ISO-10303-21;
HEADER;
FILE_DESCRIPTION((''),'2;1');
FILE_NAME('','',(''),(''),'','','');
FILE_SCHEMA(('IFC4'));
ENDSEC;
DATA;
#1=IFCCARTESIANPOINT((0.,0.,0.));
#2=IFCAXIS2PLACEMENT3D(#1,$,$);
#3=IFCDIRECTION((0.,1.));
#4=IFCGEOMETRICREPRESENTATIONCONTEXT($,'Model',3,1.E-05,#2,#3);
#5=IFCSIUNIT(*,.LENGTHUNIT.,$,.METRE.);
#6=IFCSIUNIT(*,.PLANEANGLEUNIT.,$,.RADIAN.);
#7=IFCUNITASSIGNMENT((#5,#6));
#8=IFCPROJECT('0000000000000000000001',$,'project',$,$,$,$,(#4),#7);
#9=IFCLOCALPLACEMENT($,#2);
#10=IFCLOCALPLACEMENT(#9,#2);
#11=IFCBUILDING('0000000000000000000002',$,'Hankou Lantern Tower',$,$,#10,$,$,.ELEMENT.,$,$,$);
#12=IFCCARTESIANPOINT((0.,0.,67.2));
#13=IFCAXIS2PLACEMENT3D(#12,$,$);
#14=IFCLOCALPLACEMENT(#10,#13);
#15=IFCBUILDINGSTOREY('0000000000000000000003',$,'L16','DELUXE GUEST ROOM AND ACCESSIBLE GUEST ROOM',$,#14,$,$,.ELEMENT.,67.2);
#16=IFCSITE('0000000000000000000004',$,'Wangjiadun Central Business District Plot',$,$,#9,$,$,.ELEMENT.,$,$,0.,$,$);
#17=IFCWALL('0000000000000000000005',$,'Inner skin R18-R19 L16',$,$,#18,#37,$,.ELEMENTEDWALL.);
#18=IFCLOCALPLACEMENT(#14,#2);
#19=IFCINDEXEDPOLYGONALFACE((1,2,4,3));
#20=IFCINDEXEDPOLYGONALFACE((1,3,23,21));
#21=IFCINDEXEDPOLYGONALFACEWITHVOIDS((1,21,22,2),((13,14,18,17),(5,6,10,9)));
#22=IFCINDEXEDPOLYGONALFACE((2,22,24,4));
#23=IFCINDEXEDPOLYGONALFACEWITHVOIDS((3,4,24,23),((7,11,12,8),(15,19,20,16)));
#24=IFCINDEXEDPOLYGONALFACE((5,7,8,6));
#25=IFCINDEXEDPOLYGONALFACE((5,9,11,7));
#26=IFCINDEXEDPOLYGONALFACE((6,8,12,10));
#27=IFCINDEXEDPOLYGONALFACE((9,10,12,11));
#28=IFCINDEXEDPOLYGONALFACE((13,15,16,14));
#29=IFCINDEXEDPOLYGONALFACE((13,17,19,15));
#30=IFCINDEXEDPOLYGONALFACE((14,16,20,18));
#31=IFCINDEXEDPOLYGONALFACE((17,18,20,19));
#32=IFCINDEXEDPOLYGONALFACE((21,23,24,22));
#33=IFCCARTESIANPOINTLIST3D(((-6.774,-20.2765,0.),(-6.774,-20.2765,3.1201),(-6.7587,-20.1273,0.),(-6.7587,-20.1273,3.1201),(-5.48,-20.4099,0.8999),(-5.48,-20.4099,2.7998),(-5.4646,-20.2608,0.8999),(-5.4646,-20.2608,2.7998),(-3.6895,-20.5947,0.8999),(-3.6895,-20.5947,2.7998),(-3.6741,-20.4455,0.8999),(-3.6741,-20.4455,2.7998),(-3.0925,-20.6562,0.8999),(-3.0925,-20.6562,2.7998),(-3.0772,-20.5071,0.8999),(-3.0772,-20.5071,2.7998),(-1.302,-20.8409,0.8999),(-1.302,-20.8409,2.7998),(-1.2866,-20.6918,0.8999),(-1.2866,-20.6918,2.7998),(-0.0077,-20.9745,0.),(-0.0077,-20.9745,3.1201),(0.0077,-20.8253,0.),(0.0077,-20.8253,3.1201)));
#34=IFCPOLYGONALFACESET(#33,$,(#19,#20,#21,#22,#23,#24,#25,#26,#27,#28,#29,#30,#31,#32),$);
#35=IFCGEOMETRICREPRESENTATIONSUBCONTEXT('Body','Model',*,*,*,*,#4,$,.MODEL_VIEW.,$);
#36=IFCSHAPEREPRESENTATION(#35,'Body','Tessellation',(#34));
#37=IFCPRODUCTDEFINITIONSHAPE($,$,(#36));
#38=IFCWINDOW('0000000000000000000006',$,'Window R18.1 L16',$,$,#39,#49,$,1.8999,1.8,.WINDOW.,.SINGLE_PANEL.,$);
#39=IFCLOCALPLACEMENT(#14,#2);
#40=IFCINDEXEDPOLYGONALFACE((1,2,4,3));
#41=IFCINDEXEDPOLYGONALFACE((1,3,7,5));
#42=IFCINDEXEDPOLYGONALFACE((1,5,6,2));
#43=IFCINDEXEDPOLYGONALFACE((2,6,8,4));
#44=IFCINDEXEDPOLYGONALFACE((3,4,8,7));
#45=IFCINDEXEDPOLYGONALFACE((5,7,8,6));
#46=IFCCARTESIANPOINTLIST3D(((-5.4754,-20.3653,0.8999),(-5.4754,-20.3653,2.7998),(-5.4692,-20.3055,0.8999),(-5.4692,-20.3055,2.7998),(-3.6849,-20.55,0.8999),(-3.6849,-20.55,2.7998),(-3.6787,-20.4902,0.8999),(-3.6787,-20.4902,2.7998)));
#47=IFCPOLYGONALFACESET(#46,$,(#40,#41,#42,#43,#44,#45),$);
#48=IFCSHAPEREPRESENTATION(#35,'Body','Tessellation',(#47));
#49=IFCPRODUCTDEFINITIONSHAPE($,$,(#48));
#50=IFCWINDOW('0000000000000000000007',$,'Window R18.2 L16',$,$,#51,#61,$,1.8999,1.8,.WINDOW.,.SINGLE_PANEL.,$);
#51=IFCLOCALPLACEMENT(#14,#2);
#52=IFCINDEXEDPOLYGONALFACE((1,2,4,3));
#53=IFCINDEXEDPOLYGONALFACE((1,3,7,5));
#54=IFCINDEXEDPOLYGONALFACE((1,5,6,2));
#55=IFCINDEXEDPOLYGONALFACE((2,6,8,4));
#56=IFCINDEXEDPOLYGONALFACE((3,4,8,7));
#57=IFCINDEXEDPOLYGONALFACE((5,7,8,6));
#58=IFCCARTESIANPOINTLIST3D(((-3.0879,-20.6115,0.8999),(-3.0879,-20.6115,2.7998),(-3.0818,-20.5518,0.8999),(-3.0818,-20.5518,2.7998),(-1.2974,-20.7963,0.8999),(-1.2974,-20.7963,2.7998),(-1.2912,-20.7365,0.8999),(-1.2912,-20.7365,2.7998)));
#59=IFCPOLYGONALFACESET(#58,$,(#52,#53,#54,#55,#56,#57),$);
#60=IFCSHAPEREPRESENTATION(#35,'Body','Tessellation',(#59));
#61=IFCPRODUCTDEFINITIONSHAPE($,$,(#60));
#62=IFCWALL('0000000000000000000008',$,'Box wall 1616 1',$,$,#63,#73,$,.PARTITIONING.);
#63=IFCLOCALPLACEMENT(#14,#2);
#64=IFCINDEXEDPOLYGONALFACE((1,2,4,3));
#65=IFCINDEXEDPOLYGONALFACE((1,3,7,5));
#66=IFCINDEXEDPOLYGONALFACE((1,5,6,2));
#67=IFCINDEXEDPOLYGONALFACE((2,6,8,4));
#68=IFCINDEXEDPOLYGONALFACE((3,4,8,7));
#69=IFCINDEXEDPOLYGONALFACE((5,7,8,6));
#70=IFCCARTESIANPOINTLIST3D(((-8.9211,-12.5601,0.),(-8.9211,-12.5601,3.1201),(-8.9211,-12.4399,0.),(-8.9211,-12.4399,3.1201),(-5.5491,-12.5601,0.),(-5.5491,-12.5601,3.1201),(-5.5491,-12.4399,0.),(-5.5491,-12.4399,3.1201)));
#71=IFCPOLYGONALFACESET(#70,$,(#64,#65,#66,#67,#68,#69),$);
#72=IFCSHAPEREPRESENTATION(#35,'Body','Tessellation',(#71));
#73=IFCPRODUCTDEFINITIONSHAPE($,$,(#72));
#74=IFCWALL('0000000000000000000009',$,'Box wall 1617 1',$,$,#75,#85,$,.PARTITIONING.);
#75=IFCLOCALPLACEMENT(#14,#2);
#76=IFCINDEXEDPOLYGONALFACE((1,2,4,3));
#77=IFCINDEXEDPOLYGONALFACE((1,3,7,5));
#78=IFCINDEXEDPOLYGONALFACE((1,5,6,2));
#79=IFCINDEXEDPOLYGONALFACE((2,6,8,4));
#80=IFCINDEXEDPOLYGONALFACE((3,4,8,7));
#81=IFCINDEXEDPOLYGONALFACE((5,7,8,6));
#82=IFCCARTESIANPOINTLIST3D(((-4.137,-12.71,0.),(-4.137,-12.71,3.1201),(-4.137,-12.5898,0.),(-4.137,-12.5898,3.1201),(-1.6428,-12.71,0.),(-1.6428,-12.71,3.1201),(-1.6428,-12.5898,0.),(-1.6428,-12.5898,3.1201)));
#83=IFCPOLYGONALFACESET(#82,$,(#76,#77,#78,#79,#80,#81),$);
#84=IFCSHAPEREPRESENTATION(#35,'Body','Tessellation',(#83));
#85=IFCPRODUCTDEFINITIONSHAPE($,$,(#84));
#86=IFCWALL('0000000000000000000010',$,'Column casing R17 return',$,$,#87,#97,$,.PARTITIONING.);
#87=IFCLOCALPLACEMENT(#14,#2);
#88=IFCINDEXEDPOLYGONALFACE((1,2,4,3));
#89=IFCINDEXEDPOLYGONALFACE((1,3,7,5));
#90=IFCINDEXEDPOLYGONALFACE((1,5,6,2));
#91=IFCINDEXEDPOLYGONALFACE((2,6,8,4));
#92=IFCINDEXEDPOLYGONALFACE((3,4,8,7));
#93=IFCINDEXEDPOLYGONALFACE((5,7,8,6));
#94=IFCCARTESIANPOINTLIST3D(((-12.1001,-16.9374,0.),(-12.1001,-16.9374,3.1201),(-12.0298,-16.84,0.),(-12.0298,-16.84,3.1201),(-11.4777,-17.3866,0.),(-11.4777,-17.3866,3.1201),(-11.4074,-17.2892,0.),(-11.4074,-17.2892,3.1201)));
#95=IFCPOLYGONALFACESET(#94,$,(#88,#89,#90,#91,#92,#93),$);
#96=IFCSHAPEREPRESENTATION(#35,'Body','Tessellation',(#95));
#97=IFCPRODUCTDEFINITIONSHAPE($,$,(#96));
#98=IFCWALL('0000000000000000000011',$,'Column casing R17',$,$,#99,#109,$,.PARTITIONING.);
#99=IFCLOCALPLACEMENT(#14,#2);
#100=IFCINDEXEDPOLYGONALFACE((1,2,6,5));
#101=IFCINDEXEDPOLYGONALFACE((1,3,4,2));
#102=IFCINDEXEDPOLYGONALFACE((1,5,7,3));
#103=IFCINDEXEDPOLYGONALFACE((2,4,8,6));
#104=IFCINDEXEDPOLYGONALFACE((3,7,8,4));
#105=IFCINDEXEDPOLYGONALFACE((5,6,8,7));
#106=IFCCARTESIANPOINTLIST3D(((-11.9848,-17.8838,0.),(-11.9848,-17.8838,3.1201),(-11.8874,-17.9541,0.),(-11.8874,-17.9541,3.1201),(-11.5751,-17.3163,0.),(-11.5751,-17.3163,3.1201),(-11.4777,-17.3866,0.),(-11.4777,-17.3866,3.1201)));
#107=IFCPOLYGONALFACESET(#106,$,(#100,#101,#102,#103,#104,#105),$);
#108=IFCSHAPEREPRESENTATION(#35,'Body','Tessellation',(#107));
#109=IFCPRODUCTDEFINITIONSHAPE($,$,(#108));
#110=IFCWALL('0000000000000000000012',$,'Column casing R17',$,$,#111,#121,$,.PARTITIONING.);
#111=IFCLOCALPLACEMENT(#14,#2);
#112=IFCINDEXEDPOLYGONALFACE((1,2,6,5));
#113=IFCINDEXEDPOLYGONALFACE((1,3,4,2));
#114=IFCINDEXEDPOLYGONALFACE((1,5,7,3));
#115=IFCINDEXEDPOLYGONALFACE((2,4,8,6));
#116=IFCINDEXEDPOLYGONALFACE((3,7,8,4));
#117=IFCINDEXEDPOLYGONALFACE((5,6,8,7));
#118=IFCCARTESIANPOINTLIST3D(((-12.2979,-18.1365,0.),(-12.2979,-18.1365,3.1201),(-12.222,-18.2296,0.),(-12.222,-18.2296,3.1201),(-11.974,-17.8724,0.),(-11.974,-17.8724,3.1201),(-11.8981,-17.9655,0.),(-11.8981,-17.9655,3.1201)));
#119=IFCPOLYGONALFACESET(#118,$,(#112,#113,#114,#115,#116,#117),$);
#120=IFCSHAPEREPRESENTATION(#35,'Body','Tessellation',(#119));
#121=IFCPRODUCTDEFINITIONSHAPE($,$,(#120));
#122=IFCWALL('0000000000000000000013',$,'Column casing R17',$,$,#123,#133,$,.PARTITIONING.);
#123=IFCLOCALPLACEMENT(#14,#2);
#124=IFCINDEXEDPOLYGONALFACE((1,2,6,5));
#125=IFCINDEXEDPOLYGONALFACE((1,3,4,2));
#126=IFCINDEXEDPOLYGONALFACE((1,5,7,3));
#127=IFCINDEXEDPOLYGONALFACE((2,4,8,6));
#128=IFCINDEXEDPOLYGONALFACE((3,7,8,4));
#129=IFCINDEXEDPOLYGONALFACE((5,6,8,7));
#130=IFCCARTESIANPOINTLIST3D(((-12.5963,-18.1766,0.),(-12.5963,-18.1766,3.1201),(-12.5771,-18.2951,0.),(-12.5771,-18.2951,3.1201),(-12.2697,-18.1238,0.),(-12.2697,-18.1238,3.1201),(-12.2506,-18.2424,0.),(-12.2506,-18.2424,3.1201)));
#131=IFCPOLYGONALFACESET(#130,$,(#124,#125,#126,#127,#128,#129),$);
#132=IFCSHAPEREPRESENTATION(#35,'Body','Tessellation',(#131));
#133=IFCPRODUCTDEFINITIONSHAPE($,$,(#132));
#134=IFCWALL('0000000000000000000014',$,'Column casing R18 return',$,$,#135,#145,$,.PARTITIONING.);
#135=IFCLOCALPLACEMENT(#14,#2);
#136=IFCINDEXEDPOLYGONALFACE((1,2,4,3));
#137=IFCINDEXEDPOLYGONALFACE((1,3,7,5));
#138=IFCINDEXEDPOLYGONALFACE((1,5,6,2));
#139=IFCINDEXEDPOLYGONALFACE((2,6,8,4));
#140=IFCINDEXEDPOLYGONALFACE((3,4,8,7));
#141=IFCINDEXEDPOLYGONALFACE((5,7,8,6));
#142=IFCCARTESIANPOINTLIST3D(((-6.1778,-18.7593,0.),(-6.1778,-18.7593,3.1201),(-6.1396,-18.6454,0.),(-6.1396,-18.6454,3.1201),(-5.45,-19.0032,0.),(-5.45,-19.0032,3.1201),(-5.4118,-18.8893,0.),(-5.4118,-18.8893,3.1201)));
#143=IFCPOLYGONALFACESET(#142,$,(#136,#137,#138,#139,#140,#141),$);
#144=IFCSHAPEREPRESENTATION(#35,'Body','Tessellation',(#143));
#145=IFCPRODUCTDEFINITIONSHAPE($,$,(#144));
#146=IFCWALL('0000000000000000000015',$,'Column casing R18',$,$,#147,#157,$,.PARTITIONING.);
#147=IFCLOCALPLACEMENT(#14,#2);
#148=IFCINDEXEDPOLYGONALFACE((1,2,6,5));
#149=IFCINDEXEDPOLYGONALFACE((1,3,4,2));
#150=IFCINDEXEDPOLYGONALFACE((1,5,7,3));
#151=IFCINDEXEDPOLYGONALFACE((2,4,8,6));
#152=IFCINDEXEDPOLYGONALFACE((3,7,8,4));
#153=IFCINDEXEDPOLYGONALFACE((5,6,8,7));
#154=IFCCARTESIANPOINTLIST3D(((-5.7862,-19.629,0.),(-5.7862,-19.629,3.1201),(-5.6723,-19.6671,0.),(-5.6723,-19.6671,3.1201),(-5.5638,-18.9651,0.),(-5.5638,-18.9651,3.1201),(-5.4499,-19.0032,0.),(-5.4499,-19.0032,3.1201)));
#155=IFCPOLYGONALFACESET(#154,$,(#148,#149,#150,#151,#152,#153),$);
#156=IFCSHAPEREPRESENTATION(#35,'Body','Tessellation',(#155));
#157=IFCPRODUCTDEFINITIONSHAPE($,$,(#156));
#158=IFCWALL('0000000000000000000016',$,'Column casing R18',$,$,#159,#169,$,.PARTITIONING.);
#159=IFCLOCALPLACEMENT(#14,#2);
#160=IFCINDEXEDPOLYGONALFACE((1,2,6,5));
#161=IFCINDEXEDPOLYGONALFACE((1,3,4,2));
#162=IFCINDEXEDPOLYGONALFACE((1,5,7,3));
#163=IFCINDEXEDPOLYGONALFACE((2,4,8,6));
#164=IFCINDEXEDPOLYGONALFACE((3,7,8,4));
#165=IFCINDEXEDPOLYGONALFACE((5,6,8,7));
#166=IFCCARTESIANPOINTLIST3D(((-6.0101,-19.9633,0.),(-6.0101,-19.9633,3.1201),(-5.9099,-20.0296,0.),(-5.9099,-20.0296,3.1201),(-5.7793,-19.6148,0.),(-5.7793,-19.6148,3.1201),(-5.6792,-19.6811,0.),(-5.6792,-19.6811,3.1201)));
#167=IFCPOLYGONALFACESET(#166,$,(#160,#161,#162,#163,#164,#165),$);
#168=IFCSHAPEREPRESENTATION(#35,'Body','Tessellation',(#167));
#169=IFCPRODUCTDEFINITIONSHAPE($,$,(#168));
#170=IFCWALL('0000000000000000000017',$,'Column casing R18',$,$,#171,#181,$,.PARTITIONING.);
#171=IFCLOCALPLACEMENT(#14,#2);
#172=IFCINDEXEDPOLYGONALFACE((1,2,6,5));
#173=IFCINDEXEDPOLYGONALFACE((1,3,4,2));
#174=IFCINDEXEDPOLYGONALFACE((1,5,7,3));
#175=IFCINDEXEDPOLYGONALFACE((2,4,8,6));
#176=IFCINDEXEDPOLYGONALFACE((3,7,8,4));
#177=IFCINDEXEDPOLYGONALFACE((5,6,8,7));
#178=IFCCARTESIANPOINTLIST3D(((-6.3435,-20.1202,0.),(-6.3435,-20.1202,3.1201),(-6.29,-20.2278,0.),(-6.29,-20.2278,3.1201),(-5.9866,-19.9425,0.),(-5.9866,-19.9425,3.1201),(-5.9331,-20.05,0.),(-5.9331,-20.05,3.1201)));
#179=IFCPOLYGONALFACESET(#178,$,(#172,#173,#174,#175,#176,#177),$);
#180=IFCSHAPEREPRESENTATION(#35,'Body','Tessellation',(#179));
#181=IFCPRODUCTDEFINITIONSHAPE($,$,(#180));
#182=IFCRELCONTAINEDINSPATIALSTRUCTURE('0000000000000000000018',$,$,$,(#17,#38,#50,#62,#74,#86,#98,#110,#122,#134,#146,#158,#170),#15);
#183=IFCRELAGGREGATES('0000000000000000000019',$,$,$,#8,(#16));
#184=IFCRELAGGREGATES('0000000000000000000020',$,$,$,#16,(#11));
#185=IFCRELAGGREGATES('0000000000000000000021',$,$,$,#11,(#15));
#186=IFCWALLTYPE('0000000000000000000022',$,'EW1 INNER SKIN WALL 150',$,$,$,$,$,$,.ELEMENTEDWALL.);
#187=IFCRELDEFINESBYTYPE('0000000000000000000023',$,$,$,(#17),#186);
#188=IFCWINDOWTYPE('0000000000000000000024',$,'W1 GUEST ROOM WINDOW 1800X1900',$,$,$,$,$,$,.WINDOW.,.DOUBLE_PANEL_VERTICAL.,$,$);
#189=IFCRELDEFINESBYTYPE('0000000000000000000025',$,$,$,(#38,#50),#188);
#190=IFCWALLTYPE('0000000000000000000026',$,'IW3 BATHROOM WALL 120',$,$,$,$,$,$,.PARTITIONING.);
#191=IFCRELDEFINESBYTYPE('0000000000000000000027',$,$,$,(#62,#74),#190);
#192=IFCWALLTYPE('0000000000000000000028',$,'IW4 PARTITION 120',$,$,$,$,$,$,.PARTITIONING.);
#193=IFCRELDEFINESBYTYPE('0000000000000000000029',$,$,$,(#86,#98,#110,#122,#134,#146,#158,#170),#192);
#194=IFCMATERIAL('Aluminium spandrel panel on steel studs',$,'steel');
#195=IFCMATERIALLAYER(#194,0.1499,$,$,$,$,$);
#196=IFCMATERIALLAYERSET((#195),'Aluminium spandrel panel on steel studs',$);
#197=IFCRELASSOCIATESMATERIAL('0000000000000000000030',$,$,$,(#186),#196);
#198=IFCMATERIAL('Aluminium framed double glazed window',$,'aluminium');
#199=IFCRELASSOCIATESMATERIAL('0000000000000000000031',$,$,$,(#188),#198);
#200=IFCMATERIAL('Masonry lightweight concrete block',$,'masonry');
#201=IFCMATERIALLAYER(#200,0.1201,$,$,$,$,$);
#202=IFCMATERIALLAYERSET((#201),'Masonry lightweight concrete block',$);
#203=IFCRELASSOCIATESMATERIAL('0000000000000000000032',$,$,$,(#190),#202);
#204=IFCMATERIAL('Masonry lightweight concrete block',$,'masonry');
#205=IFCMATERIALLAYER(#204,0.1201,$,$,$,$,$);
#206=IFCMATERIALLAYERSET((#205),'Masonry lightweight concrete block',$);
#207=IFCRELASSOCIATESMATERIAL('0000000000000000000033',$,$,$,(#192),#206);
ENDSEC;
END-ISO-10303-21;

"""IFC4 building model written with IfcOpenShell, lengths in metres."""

from ifc_helpers import new_model, si_unit, direction, frame, frame_2d, origin, place, context, subcontext, project, spatial, rectangle, extrude, material, layer, layer_set, type_object, element, fill, save


model = new_model("IFC4")

# Units and contexts
model_context = context("Model", 3, precision=1e-05, world=origin(), true_north=direction((0.0, 1.0)))
body_context = subcontext(model_context, "Body", "Model", "MODEL_VIEW")
ifc_project = project(units=[si_unit("LENGTHUNIT", "METRE"), si_unit("PLANEANGLEUNIT", "RADIAN")], contexts=[model_context])

# Site, building, storey
site_placement = place(None, origin())
site = spatial("IfcSite", under=ifc_project, at=site_placement, Name="Wangjiadun Central Business District Plot", CompositionType="ELEMENT", RefElevation=0.0)
building_placement = place(site_placement, origin())
building = spatial("IfcBuilding", under=site, at=building_placement, Name="Hankou Lantern Tower", CompositionType="ELEMENT")
storey_placement = place(building_placement, frame((0.0, 0.0, 67.2)))
storey = spatial("IfcBuildingStorey", under=building, at=storey_placement, Name="L16", Description="DELUXE GUEST ROOM AND ACCESSIBLE GUEST ROOM", CompositionType="ELEMENT", Elevation=67.2)

# Wall, openings, windows
ifc_material_1 = material(Name="Aluminium spandrel panel on steel studs", Category="steel")
ifc_layer_1 = layer(ifc_material_1, 0.1499)
ifc_layer_set_1 = layer_set([ifc_layer_1], Name="Aluminium spandrel panel on steel studs")
wall_type_1 = type_object("IfcWallType", Name="EW1 INNER SKIN WALL 150", PredefinedType="ELEMENTEDWALL", material=ifc_layer_set_1)
wall_1_placement = place(storey_placement, frame((-6.7664, -20.2019, 0.0), z_axis=(0.0, 0.0, 1.0), x_axis=(0.994721, -0.102613, 0.0)))
wall_1 = element("IfcWall", 1, at=wall_1_placement, inside=storey, type_object=wall_type_1, Name="Inner skin R18-R19 L16", PredefinedType="ELEMENTEDWALL", context=body_context, shape_type="SweptSolid", body=[
    extrude(rectangle(XDim=6.8022, YDim=0.1499, at=frame_2d((3.4011, 0.0))), origin(), (0.0, 0.0, 1.0), 3.1201),
])
opening_1_placement = place(wall_1_placement, frame((1.301, 0.0, 0.8999)))
opening_1 = element("IfcOpeningElement", 2, at=opening_1_placement, cuts=wall_1, PredefinedType="OPENING", context=body_context, shape_type="SweptSolid", body=[
    extrude(rectangle(XDim=1.8, YDim=1.8999, at=frame_2d((0.8999, 0.95))), frame((0.0, 0.085, 0.0), z_axis=(0.0, -1.0, 0.0), x_axis=(1.0, 0.0, 0.0)), (0.0, 0.0, 1.0), 0.1699),
])
opening_2_placement = place(wall_1_placement, frame((3.7012, 0.0, 0.8999)))
opening_2 = element("IfcOpeningElement", 3, at=opening_2_placement, cuts=wall_1, PredefinedType="OPENING", context=body_context, shape_type="SweptSolid", body=[
    extrude(rectangle(XDim=1.8, YDim=1.8999, at=frame_2d((0.8999, 0.95))), frame((0.0, 0.085, 0.0), z_axis=(0.0, -1.0, 0.0), x_axis=(1.0, 0.0, 0.0)), (0.0, 0.0, 1.0), 0.1699),
])
ifc_material_2 = material(Name="Aluminium framed double glazed window", Category="aluminium")
window_type = type_object("IfcWindowType", Name="W1 GUEST ROOM WINDOW 1800X1900", PartitioningType="DOUBLE_PANEL_VERTICAL", PredefinedType="WINDOW", material=ifc_material_2)
window_1_placement = place(opening_1_placement, origin())
window_1 = element("IfcWindow", 4, at=window_1_placement, inside=storey, type_object=window_type, Name="Window R18.1 L16", OverallHeight=1.8999, OverallWidth=1.8, PartitioningType="SINGLE_PANEL", PredefinedType="WINDOW", context=body_context, shape_type="SweptSolid", body=[
    extrude(rectangle(XDim=1.8, YDim=1.8999, at=frame_2d((0.8999, 0.95))), frame((0.0, 0.03, 0.0), z_axis=(0.0, -1.0, 0.0), x_axis=(1.0, 0.0, 0.0)), (0.0, 0.0, 1.0), 0.0601),
])
fill(opening_1, window_1)
window_2_placement = place(opening_2_placement, origin())
window_2 = element("IfcWindow", 5, at=window_2_placement, inside=storey, type_object=window_type, Name="Window R18.2 L16", OverallHeight=1.8999, OverallWidth=1.8, PartitioningType="SINGLE_PANEL", PredefinedType="WINDOW", context=body_context, shape_type="SweptSolid", body=[
    extrude(rectangle(XDim=1.8, YDim=1.8999, at=frame_2d((0.8999, 0.95))), frame((0.0, 0.03, 0.0), z_axis=(0.0, -1.0, 0.0), x_axis=(1.0, 0.0, 0.0)), (0.0, 0.0, 1.0), 0.0601),
])
fill(opening_2, window_2)

# Walls
ifc_material_3 = material(Name="Masonry lightweight concrete block", Category="masonry")
ifc_layer_2 = layer(ifc_material_3, 0.1201)
ifc_layer_set_2 = layer_set([ifc_layer_2], Name="Masonry lightweight concrete block")
wall_type_2 = type_object("IfcWallType", Name="IW3 BATHROOM WALL 120", PredefinedType="PARTITIONING", material=ifc_layer_set_2)
wall_2_placement = place(storey_placement, frame((-8.9211, -12.5, 0.0), z_axis=(0.0, 0.0, 1.0), x_axis=(1.0, 0.0, 0.0)))
element("IfcWall", 6, at=wall_2_placement, inside=storey, type_object=wall_type_2, Name="Box wall 1616 1", PredefinedType="PARTITIONING", context=body_context, shape_type="SweptSolid", body=[
    extrude(rectangle(XDim=3.3721, YDim=0.1201, at=frame_2d((1.686, 0.0))), origin(), (0.0, 0.0, 1.0), 3.1201),
])
wall_3_placement = place(storey_placement, frame((-4.137, -12.6499, 0.0), z_axis=(0.0, 0.0, 1.0), x_axis=(1.0, 0.0, 0.0)))
element("IfcWall", 7, at=wall_3_placement, inside=storey, type_object=wall_type_2, Name="Box wall 1617 1", PredefinedType="PARTITIONING", context=body_context, shape_type="SweptSolid", body=[
    extrude(rectangle(XDim=2.4941, YDim=0.1201, at=frame_2d((1.2471, 0.0))), origin(), (0.0, 0.0, 1.0), 3.1201),
])
ifc_material_4 = material(Name="Masonry lightweight concrete block", Category="masonry")
ifc_layer_3 = layer(ifc_material_4, 0.1201)
ifc_layer_set_3 = layer_set([ifc_layer_3], Name="Masonry lightweight concrete block")
wall_type_3 = type_object("IfcWallType", Name="IW4 PARTITION 120", PredefinedType="PARTITIONING", material=ifc_layer_set_3)
wall_4_placement = place(storey_placement, frame((-12.0649, -16.8887, 0.0), z_axis=(0.0, 0.0, 1.0), x_axis=(0.810822, -0.585293, 0.0)))
element("IfcWall", 8, at=wall_4_placement, inside=storey, type_object=wall_type_3, Name="Column casing R17 return", PredefinedType="PARTITIONING", context=body_context, shape_type="SweptSolid", body=[
    extrude(rectangle(XDim=0.7676, YDim=0.1201, at=frame_2d((0.3838, 0.0))), origin(), (0.0, 0.0, 1.0), 3.1201),
])
wall_5_placement = place(storey_placement, frame((-11.5264, -17.3513, 0.0), z_axis=(0.0, 0.0, 1.0), x_axis=(-0.585223, -0.810872, 0.0)))
element("IfcWall", 9, at=wall_5_placement, inside=storey, type_object=wall_type_3, Name="Column casing R17", PredefinedType="PARTITIONING", context=body_context, shape_type="SweptSolid", body=[
    extrude(rectangle(XDim=0.7, YDim=0.1201, at=frame_2d((0.3501, 0.0))), origin(), (0.0, 0.0, 1.0), 3.1201),
])
wall_6_placement = place(storey_placement, frame((-11.936, -17.9189, 0.0), z_axis=(0.0, 0.0, 1.0), x_axis=(-0.775023, -0.631933, 0.0)))
element("IfcWall", 10, at=wall_6_placement, inside=storey, type_object=wall_type_3, Name="Column casing R17", PredefinedType="PARTITIONING", context=body_context, shape_type="SweptSolid", body=[
    extrude(rectangle(XDim=0.418, YDim=0.1201, at=frame_2d((0.209, 0.0))), origin(), (0.0, 0.0, 1.0), 3.1201),
])
wall_7_placement = place(storey_placement, frame((-12.26, -18.1831, 0.0), z_axis=(0.0, 0.0, 1.0), x_axis=(-0.987219, -0.159372, 0.0)))
element("IfcWall", 11, at=wall_7_placement, inside=storey, type_object=wall_type_3, Name="Column casing R17", PredefinedType="PARTITIONING", context=body_context, shape_type="SweptSolid", body=[
    extrude(rectangle(XDim=0.3308, YDim=0.1201, at=frame_2d((0.1655, 0.0))), origin(), (0.0, 0.0, 1.0), 3.1201),
])
wall_8_placement = place(storey_placement, frame((-6.1587, -18.7024, 0.0), z_axis=(0.0, 0.0, 1.0), x_axis=(0.948173, -0.317754, 0.0)))
element("IfcWall", 12, at=wall_8_placement, inside=storey, type_object=wall_type_3, Name="Column casing R18 return", PredefinedType="PARTITIONING", context=body_context, shape_type="SweptSolid", body=[
    extrude(rectangle(XDim=0.7676, YDim=0.1201, at=frame_2d((0.3838, 0.0))), origin(), (0.0, 0.0, 1.0), 3.1201),
])
wall_9_placement = place(storey_placement, frame((-5.5068, -18.9841, 0.0), z_axis=(0.0, 0.0, 1.0), x_axis=(-0.317692, -0.948194, 0.0)))
element("IfcWall", 13, at=wall_9_placement, inside=storey, type_object=wall_type_3, Name="Column casing R18", PredefinedType="PARTITIONING", context=body_context, shape_type="SweptSolid", body=[
    extrude(rectangle(XDim=0.7002, YDim=0.1201, at=frame_2d((0.3501, 0.0))), origin(), (0.0, 0.0, 1.0), 3.1201),
])
wall_10_placement = place(storey_placement, frame((-5.7292, -19.6479, 0.0), z_axis=(0.0, 0.0, 1.0), x_axis=(-0.552136, -0.833754, 0.0)))
element("IfcWall", 14, at=wall_10_placement, inside=storey, type_object=wall_type_3, Name="Column casing R18", PredefinedType="PARTITIONING", context=body_context, shape_type="SweptSolid", body=[
    extrude(rectangle(XDim=0.418, YDim=0.1201, at=frame_2d((0.209, 0.0))), origin(), (0.0, 0.0, 1.0), 3.1201),
])
wall_11_placement = place(storey_placement, frame((-5.96, -19.9963, 0.0), z_axis=(0.0, 0.0, 1.0), x_axis=(-0.895161, -0.445744, 0.0)))
element("IfcWall", 15, at=wall_11_placement, inside=storey, type_object=wall_type_3, Name="Column casing R18", PredefinedType="PARTITIONING", context=body_context, shape_type="SweptSolid", body=[
    extrude(rectangle(XDim=0.3987, YDim=0.1201, at=frame_2d((0.1992, 0.0))), origin(), (0.0, 0.0, 1.0), 3.1201),
])

save(model, "model.ifc")
